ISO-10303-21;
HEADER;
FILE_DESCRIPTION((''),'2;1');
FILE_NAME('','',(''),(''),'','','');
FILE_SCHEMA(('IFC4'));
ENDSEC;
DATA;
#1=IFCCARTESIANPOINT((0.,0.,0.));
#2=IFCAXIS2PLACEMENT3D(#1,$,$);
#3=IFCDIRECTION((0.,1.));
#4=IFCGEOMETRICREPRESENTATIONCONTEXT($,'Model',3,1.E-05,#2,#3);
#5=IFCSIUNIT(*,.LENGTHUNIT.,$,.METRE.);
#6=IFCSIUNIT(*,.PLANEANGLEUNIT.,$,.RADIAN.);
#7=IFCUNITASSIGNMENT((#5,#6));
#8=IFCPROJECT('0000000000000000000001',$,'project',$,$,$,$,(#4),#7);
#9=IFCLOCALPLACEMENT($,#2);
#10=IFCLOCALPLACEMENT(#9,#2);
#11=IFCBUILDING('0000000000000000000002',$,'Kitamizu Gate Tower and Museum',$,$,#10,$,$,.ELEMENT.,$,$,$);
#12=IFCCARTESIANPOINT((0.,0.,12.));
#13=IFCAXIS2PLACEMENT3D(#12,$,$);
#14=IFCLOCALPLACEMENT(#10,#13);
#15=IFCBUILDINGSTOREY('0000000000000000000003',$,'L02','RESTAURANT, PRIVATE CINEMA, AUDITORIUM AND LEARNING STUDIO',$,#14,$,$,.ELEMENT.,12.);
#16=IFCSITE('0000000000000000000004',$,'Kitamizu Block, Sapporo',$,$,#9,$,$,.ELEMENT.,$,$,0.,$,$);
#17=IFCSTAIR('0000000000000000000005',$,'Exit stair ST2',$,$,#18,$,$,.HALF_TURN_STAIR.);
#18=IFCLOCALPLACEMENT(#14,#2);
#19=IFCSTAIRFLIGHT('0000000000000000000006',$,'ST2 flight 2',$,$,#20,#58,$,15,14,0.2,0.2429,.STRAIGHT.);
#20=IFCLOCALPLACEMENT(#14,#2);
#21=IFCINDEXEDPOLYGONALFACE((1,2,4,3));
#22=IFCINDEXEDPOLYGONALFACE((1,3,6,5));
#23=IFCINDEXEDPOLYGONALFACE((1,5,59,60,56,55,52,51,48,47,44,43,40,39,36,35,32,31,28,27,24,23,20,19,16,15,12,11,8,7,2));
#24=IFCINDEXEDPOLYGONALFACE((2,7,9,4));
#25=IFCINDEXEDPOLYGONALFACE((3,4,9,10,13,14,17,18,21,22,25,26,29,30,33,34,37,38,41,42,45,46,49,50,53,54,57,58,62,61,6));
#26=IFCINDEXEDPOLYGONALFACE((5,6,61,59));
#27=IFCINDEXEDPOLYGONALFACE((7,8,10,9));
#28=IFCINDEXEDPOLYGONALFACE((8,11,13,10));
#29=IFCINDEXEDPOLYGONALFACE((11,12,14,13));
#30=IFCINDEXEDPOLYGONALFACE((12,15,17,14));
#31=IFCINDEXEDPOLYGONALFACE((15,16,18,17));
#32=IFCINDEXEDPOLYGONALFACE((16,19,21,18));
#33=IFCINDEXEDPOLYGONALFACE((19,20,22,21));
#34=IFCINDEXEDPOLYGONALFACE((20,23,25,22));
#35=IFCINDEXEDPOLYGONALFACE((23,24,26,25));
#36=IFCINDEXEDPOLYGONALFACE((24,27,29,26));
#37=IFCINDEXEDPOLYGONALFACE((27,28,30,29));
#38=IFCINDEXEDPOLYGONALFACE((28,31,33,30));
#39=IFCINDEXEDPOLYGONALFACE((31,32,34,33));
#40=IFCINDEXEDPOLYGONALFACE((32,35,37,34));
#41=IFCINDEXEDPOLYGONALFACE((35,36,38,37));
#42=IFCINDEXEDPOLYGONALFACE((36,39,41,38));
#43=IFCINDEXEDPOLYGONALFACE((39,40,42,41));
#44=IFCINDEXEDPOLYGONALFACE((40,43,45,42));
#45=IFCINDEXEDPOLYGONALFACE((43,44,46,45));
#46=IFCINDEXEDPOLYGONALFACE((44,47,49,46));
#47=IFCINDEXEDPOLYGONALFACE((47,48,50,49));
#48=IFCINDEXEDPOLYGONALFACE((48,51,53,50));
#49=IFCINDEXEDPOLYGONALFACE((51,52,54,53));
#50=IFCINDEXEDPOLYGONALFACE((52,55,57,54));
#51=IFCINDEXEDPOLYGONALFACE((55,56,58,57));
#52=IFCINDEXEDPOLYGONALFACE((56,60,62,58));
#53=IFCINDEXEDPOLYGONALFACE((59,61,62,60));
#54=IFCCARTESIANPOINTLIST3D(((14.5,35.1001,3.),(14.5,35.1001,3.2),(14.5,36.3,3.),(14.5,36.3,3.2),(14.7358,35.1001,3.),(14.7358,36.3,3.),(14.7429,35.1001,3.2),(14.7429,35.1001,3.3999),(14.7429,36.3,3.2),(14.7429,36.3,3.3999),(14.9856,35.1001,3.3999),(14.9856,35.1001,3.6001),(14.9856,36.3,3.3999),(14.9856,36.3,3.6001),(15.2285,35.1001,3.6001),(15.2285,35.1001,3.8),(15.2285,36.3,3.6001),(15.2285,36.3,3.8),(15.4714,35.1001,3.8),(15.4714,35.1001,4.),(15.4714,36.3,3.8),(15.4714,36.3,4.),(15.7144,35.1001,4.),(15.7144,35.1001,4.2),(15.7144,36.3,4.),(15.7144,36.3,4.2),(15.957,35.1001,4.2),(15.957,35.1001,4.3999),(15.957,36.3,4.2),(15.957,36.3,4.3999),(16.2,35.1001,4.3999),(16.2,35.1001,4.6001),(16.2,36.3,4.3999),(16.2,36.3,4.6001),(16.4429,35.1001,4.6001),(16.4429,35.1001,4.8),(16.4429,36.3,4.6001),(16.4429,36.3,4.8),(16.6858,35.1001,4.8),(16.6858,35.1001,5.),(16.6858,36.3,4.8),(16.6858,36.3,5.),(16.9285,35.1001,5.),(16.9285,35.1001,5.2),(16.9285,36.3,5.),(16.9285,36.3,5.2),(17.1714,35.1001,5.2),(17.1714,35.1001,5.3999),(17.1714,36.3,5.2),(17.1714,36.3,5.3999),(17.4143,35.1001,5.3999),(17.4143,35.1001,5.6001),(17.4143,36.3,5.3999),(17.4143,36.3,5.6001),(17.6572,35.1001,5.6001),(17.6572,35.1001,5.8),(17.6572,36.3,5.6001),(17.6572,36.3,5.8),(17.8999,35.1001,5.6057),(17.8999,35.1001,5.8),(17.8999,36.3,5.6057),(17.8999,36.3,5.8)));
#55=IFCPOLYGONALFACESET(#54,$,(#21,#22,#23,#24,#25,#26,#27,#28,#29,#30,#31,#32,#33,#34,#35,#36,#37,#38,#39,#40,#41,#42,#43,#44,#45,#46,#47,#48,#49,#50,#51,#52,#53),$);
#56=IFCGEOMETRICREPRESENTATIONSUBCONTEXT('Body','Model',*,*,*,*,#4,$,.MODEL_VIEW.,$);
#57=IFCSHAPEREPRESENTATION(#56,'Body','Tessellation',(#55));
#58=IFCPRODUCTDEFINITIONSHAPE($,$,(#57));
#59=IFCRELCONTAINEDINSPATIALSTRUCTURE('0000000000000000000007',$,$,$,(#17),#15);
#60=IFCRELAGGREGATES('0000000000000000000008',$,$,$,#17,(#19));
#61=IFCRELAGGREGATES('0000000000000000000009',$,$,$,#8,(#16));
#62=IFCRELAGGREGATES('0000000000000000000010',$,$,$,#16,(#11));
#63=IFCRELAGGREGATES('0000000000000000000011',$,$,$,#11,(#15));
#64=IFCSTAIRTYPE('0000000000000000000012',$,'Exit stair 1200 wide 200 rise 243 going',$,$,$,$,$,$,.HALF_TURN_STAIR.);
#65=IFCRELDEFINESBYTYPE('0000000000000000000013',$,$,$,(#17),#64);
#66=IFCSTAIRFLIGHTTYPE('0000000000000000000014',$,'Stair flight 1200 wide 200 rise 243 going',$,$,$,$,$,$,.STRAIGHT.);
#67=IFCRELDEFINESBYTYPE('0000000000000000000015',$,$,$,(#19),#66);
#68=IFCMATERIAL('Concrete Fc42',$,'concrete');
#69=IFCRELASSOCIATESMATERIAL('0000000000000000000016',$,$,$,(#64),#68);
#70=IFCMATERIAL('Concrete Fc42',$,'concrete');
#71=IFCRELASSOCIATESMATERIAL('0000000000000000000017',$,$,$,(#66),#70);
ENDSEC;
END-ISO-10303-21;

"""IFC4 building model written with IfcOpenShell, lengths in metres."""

from ifc_helpers import new_model, si_unit, direction, frame, origin, place, context, subcontext, project, spatial, polyline, outline, extrude, material, type_object, element, aggregate, save


model = new_model("IFC4")

# Units and contexts
model_context = context("Model", 3, precision=1e-05, world=origin(), true_north=direction((0.0, 1.0)))
body_context = subcontext(model_context, "Body", "Model", "MODEL_VIEW")
ifc_project = project(units=[si_unit("LENGTHUNIT", "METRE"), si_unit("PLANEANGLEUNIT", "RADIAN")], contexts=[model_context])

# Site, building, storey
site_placement = place(None, origin())
site = spatial("IfcSite", under=ifc_project, at=site_placement, Name="Kitamizu Block, Sapporo", CompositionType="ELEMENT", RefElevation=0.0)
building_placement = place(site_placement, origin())
building = spatial("IfcBuilding", under=site, at=building_placement, Name="Kitamizu Gate Tower and Museum", CompositionType="ELEMENT")
storey_placement = place(building_placement, frame((0.0, 0.0, 12.0)))
storey = spatial("IfcBuildingStorey", under=building, at=storey_placement, Name="L02", Description="RESTAURANT, PRIVATE CINEMA, AUDITORIUM AND LEARNING STUDIO", CompositionType="ELEMENT", Elevation=12.0)

# Stair, stair flight
ifc_material_1 = material(Name="Concrete Fc42", Category="concrete")
stair_type = type_object("IfcStairType", Name="Exit stair 1200 wide 200 rise 243 going", PredefinedType="HALF_TURN_STAIR", material=ifc_material_1)
stair_placement = place(storey_placement, origin())
stair = element("IfcStair", 1, at=stair_placement, inside=storey, type_object=stair_type, Name="Exit stair ST2", PredefinedType="HALF_TURN_STAIR")
ifc_material_2 = material(Name="Concrete Fc42", Category="concrete")
stair_flight_type = type_object("IfcStairFlightType", Name="Stair flight 1200 wide 200 rise 243 going", PredefinedType="STRAIGHT", material=ifc_material_2)
stair_flight_1_placement = place(storey_placement, frame((14.5, 35.7, 3.0), z_axis=(0.0, 0.0, 1.0), x_axis=(1.0, 0.0, 0.0)))
stair_flight_1 = element("IfcStairFlight", 2, at=stair_flight_1_placement, type_object=stair_flight_type, Name="ST2 flight 2", NumberOfRisers=15, NumberOfTreads=14, PredefinedType="STRAIGHT", RiserHeight=0.2, TreadLength=0.2429, context=body_context, shape_type="SweptSolid", body=[
    extrude(outline(polyline([(0.0, 0.0), (0.0, 0.2), (0.2429, 0.2), (0.2429, 0.3999), (0.4856, 0.3999), (0.4856, 0.6001), (0.7285, 0.6001), (0.7285, 0.8), (0.9714, 0.8), (0.9714, 1.0), (1.2144, 1.0), (1.2144, 1.2), (1.457, 1.2), (1.457, 1.3999), (1.7, 1.3999), (1.7, 1.6001), (1.9429, 1.6001), (1.9429, 1.8), (2.1858, 1.8), (2.1858, 2.0), (2.4285, 2.0), (2.4285, 2.2), (2.6714, 2.2), (2.6714, 2.3999), (2.9143, 2.3999), (2.9143, 2.6001), (3.1572, 2.6001), (3.1572, 2.8), (3.3999, 2.8), (3.3999, 3.0), (3.3999, 2.6057), (0.2358, 0.0), (0.0, 0.0)])), frame((0.0, 0.6001, 0.0), z_axis=(0.0, -1.0, 0.0), x_axis=(1.0, 0.0, 0.0)), (0.0, 0.0, 1.0), 1.2),
])
aggregate(stair, [stair_flight_1])

save(model, "model.ifc")
